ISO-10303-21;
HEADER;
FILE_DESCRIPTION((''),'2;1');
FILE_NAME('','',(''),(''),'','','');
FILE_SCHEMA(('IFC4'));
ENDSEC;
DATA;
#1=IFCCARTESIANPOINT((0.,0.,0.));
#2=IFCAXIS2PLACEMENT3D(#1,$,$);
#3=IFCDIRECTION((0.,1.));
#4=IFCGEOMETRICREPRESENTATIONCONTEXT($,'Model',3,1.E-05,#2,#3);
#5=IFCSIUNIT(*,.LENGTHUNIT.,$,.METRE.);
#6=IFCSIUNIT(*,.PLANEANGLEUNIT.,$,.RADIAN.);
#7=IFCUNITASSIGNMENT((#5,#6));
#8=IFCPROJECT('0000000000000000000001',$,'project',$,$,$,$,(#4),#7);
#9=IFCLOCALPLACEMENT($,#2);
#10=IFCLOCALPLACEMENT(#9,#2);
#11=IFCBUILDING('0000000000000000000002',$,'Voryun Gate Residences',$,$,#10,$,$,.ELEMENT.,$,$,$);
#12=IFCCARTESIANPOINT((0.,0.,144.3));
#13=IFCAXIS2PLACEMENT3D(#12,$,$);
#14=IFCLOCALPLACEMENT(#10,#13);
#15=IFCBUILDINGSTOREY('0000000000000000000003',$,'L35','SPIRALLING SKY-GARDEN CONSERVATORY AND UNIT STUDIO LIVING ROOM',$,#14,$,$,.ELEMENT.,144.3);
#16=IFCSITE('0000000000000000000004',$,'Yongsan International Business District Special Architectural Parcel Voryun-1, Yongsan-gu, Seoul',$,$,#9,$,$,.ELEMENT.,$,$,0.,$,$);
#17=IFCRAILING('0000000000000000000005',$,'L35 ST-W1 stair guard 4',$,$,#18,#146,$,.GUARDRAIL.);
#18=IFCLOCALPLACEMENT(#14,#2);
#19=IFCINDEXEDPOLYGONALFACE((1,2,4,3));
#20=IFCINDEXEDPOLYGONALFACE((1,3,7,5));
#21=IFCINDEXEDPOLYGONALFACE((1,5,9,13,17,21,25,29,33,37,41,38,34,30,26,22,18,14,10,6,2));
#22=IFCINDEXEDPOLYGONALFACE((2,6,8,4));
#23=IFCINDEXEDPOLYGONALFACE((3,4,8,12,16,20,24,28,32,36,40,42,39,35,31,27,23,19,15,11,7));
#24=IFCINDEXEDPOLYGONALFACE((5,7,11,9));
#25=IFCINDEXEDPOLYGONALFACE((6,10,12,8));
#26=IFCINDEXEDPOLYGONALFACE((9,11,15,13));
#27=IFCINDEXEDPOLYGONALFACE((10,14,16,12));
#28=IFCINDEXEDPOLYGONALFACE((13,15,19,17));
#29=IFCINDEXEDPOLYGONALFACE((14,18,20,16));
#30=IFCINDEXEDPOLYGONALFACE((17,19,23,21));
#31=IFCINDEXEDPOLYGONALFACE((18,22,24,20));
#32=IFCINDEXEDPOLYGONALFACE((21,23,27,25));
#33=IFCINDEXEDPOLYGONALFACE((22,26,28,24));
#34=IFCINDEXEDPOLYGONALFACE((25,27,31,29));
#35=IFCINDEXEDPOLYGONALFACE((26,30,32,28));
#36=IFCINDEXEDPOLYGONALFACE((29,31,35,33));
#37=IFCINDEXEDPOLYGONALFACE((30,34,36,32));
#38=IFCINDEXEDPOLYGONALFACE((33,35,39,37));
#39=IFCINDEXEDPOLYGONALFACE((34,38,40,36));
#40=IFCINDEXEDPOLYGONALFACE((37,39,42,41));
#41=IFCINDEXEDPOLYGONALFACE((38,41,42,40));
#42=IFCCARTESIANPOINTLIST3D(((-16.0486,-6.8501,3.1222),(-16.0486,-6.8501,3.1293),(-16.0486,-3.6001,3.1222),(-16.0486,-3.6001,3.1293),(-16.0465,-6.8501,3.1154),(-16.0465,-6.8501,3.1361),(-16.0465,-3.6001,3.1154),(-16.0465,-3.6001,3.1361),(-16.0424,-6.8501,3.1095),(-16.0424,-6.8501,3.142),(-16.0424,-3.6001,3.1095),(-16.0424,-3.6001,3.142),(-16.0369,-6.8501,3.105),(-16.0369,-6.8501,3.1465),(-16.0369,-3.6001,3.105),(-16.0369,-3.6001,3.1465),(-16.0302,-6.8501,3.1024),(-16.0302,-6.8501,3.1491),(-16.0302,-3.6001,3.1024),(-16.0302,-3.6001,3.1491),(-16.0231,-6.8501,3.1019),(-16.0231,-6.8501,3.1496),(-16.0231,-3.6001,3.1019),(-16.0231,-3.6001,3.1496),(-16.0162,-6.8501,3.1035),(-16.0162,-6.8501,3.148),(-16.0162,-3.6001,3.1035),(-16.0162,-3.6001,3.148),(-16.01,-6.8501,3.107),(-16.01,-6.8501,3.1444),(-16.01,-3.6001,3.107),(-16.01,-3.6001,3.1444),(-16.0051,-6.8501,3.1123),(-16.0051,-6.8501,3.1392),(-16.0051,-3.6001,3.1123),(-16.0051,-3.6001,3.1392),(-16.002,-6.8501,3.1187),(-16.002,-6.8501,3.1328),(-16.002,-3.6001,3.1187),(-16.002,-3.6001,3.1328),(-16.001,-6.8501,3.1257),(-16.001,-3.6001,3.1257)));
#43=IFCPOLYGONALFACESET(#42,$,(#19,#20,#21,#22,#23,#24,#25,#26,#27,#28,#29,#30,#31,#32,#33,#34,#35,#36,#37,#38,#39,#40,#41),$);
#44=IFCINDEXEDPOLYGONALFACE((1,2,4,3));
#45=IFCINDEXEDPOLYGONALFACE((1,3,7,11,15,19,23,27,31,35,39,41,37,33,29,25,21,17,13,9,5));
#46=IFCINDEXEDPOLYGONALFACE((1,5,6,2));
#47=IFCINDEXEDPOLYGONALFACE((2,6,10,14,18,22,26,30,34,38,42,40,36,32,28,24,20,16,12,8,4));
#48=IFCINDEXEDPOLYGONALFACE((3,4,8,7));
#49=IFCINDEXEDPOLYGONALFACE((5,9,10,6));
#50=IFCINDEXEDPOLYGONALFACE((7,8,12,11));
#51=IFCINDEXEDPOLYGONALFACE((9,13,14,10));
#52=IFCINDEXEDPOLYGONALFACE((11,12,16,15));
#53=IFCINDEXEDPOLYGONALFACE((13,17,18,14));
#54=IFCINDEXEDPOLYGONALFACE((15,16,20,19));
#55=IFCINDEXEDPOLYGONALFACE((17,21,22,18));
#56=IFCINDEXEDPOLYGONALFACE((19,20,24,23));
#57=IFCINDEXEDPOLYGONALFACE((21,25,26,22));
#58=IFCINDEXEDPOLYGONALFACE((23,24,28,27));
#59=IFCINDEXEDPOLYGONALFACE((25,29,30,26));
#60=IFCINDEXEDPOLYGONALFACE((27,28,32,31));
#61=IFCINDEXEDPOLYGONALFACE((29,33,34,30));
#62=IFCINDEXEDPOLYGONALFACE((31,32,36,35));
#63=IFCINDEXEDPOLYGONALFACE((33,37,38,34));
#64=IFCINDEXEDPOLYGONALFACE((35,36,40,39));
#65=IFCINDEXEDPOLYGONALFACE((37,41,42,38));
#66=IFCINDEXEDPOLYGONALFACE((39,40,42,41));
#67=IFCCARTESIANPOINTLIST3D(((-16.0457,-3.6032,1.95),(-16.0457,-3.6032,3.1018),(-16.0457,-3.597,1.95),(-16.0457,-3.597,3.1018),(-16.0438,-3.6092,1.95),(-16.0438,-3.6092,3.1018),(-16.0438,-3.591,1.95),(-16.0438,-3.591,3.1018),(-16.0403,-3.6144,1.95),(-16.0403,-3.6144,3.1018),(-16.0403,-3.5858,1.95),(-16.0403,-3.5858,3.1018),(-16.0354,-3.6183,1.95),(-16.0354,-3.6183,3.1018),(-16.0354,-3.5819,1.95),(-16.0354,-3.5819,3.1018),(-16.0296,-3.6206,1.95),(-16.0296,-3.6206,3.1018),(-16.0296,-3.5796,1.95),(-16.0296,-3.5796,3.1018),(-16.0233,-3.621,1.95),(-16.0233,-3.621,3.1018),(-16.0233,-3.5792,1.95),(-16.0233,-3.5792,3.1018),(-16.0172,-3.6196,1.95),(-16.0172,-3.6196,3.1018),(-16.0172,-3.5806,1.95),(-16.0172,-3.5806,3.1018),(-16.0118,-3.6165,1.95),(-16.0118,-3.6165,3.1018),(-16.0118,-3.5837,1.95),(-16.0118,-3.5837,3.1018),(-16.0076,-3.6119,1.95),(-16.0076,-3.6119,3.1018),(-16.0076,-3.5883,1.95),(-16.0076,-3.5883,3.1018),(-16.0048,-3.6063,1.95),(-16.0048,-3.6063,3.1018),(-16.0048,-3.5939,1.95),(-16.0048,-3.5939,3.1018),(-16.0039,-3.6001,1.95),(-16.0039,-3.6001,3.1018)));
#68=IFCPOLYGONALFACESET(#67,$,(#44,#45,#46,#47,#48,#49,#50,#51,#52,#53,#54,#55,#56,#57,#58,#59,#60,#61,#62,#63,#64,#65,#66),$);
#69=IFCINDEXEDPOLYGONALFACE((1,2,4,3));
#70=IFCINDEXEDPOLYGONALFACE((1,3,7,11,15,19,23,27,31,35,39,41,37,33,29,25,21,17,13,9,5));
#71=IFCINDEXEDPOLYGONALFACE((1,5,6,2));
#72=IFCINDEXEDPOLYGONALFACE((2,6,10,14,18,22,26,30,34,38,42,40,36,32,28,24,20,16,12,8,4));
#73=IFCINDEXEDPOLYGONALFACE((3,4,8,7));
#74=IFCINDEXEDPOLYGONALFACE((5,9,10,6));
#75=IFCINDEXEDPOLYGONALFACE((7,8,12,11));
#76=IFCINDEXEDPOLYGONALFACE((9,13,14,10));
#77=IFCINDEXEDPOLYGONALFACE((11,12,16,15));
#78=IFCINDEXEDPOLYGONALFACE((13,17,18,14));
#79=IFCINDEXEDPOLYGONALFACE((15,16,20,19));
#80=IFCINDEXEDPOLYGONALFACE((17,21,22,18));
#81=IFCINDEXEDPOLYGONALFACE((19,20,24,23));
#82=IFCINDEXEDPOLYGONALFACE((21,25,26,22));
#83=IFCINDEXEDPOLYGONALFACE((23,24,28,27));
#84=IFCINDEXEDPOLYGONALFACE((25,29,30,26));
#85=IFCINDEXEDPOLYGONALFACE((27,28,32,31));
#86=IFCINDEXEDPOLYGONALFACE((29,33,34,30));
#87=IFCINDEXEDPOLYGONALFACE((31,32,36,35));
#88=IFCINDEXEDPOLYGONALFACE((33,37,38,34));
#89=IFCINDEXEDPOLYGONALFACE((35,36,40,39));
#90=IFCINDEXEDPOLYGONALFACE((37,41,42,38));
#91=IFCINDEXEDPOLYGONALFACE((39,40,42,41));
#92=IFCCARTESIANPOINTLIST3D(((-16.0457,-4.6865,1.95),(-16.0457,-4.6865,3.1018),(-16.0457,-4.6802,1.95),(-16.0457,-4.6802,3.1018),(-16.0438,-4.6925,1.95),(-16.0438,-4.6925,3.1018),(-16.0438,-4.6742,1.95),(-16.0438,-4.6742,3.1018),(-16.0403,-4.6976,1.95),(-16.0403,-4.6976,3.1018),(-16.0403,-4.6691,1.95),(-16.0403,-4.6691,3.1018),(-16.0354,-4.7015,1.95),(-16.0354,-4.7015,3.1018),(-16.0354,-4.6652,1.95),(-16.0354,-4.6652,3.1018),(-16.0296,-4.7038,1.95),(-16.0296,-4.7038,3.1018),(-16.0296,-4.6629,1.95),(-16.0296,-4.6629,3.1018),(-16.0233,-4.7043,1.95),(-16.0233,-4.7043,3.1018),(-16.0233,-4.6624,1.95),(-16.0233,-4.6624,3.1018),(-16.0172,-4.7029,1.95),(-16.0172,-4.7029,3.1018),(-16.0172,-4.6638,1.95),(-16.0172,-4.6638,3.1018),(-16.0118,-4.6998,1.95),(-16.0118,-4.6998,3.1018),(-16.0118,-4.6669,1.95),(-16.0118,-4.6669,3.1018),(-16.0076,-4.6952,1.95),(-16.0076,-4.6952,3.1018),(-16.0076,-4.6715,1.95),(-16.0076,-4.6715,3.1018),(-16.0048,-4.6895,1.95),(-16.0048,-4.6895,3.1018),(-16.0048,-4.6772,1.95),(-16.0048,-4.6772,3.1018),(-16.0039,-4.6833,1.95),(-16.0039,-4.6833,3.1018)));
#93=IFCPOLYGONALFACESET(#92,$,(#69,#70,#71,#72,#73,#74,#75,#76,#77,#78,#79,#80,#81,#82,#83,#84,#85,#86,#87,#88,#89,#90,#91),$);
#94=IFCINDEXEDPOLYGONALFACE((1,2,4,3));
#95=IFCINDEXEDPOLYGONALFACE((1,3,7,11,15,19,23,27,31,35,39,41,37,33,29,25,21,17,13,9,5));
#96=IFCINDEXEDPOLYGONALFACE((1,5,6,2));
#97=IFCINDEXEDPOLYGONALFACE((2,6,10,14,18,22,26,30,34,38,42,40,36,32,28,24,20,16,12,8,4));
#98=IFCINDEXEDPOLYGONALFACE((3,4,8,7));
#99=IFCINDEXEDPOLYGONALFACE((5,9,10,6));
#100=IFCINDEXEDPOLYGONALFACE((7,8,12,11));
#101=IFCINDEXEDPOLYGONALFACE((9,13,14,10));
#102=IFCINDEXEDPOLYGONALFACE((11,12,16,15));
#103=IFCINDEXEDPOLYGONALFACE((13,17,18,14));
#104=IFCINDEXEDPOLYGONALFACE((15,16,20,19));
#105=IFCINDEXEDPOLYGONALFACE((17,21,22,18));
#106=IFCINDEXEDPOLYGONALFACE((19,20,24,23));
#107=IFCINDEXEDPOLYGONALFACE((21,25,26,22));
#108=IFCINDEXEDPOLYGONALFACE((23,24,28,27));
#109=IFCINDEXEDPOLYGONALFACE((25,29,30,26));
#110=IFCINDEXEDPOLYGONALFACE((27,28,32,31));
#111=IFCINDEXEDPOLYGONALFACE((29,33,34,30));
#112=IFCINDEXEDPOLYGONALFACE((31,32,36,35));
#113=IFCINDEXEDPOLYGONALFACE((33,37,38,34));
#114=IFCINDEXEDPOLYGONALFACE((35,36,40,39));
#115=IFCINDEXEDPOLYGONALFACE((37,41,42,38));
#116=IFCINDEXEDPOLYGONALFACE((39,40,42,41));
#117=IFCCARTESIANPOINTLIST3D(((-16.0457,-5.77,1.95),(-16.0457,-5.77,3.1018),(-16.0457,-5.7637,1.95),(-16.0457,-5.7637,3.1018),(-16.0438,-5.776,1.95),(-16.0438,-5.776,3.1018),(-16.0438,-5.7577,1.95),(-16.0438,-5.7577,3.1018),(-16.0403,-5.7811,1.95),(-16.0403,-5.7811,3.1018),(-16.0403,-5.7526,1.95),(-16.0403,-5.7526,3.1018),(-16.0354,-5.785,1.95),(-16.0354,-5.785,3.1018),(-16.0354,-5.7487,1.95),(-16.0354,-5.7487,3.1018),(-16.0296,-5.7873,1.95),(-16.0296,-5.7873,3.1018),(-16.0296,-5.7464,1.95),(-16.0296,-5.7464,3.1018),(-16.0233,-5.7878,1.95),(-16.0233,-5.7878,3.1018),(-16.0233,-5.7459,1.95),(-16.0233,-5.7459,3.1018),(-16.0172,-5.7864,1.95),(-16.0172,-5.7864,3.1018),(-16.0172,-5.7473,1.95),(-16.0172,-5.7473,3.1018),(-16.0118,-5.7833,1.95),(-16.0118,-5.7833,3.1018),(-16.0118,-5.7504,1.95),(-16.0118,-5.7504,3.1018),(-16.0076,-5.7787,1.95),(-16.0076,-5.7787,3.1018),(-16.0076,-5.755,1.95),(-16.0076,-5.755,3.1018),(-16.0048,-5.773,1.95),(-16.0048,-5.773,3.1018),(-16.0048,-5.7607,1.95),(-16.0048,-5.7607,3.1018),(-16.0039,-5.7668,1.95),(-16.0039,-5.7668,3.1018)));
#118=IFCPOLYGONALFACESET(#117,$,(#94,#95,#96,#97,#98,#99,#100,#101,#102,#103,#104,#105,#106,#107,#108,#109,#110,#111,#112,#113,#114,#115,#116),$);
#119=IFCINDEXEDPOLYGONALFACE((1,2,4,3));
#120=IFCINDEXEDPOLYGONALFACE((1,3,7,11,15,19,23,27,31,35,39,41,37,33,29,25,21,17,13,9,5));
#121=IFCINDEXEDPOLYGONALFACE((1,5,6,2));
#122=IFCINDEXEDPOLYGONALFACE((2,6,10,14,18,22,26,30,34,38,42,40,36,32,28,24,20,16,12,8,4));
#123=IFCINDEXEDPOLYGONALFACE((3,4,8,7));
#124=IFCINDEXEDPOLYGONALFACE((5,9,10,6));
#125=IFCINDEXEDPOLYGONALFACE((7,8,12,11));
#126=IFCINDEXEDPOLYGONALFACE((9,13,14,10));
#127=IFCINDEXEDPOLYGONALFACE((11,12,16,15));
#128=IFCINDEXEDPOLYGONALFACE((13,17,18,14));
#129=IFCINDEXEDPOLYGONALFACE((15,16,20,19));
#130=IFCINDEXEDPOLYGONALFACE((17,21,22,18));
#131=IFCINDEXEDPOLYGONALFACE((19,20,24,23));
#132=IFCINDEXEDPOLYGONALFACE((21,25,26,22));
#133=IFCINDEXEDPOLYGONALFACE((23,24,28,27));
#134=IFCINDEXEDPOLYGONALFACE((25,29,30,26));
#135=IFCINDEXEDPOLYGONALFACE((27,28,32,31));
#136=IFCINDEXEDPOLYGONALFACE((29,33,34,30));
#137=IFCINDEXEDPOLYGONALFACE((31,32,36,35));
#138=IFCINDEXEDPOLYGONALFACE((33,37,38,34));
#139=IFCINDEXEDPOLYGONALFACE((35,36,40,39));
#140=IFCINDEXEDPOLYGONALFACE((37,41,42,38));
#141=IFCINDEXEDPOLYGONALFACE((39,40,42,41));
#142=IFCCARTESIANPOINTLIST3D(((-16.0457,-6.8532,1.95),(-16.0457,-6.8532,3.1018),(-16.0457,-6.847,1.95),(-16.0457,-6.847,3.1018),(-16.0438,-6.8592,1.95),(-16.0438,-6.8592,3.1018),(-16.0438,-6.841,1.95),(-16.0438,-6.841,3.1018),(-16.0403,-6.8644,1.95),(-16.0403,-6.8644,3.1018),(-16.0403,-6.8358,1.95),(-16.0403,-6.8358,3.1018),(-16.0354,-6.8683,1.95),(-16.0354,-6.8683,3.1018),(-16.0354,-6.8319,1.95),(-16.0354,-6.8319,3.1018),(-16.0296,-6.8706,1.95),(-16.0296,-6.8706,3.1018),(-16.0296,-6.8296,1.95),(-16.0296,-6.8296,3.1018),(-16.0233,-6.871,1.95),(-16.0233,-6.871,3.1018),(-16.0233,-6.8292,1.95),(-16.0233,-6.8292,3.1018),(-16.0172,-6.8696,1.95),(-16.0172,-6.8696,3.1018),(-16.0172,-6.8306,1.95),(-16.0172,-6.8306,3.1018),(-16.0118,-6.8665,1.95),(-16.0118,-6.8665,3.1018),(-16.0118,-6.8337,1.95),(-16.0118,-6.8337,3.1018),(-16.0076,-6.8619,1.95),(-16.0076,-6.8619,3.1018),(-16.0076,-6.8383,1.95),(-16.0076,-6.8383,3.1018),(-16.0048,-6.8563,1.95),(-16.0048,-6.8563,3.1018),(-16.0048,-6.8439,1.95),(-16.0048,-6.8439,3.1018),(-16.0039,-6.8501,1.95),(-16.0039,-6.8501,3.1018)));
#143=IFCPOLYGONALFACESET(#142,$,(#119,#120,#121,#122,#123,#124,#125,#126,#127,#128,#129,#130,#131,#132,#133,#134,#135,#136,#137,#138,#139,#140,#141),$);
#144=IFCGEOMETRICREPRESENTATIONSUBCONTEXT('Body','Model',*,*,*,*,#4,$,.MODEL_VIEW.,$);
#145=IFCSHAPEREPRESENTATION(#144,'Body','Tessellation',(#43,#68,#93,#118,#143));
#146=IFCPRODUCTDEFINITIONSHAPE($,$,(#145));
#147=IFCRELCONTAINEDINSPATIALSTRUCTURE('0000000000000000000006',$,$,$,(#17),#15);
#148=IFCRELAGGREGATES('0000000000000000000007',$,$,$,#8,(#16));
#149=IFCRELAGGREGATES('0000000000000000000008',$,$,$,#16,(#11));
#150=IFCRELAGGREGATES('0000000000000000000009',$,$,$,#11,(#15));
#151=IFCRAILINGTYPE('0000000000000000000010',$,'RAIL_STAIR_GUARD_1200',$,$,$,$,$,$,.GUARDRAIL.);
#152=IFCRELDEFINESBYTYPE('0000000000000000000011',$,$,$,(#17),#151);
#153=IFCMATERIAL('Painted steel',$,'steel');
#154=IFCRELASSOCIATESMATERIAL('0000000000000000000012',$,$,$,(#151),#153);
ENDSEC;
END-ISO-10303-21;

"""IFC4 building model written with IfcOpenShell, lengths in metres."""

from ifc_helpers import new_model, si_unit, direction, frame, origin, origin_2d, place, context, subcontext, project, spatial, circle, extrude, material, type_object, element, save


model = new_model("IFC4")

# Units and contexts
model_context = context("Model", 3, precision=1e-05, world=origin(), true_north=direction((0.0, 1.0)))
body_context = subcontext(model_context, "Body", "Model", "MODEL_VIEW")
ifc_project = project(units=[si_unit("LENGTHUNIT", "METRE"), si_unit("PLANEANGLEUNIT", "RADIAN")], contexts=[model_context])

# Site, building, storey
site_placement = place(None, origin())
site = spatial("IfcSite", under=ifc_project, at=site_placement, Name="Yongsan International Business District Special Architectural Parcel Voryun-1, Yongsan-gu, Seoul", CompositionType="ELEMENT", RefElevation=0.0)
building_placement = place(site_placement, origin())
building = spatial("IfcBuilding", under=site, at=building_placement, Name="Voryun Gate Residences", CompositionType="ELEMENT")
storey_placement = place(building_placement, frame((0.0, 0.0, 144.3)))
storey = spatial("IfcBuildingStorey", under=building, at=storey_placement, Name="L35", Description="SPIRALLING SKY-GARDEN CONSERVATORY AND UNIT STUDIO LIVING ROOM", CompositionType="ELEMENT", Elevation=144.3)

# Railing
ifc_material_1 = material(Name="Painted steel", Category="steel")
railing_type_1 = type_object("IfcRailingType", Name="RAIL_STAIR_GUARD_1200", PredefinedType="GUARDRAIL", material=ifc_material_1)
for number, where, name in (
    (1, (-16.0249, -3.6001, 1.95), "L35 ST-W1 stair guard 4"),
):
    element("IfcRailing", number, at=place(storey_placement, frame(where)), inside=storey, type_object=railing_type_1, Name=name, PredefinedType="GUARDRAIL", context=body_context, shape_type="SweptSolid", body=[
        extrude(circle(Radius=0.0239, at=origin_2d()), frame((0.0, 0.0, 1.1758), z_axis=(0.0, -1.0, 0.0), x_axis=(1.0, 0.0, 0.0)), (0.0, 0.0, 1.0), 3.25),
        extrude(circle(Radius=0.021, at=origin_2d()), origin(), (0.0, 0.0, 1.0), 1.1519),
        extrude(circle(Radius=0.021, at=origin_2d()), frame((0.0, -1.0833, 0.0)), (0.0, 0.0, 1.0), 1.1519),
        extrude(circle(Radius=0.021, at=origin_2d()), frame((0.0, -2.1667, 0.0)), (0.0, 0.0, 1.0), 1.1519),
        extrude(circle(Radius=0.021, at=origin_2d()), frame((0.0, -3.25, 0.0)), (0.0, 0.0, 1.0), 1.1519),
    ])

save(model, "model.ifc")
